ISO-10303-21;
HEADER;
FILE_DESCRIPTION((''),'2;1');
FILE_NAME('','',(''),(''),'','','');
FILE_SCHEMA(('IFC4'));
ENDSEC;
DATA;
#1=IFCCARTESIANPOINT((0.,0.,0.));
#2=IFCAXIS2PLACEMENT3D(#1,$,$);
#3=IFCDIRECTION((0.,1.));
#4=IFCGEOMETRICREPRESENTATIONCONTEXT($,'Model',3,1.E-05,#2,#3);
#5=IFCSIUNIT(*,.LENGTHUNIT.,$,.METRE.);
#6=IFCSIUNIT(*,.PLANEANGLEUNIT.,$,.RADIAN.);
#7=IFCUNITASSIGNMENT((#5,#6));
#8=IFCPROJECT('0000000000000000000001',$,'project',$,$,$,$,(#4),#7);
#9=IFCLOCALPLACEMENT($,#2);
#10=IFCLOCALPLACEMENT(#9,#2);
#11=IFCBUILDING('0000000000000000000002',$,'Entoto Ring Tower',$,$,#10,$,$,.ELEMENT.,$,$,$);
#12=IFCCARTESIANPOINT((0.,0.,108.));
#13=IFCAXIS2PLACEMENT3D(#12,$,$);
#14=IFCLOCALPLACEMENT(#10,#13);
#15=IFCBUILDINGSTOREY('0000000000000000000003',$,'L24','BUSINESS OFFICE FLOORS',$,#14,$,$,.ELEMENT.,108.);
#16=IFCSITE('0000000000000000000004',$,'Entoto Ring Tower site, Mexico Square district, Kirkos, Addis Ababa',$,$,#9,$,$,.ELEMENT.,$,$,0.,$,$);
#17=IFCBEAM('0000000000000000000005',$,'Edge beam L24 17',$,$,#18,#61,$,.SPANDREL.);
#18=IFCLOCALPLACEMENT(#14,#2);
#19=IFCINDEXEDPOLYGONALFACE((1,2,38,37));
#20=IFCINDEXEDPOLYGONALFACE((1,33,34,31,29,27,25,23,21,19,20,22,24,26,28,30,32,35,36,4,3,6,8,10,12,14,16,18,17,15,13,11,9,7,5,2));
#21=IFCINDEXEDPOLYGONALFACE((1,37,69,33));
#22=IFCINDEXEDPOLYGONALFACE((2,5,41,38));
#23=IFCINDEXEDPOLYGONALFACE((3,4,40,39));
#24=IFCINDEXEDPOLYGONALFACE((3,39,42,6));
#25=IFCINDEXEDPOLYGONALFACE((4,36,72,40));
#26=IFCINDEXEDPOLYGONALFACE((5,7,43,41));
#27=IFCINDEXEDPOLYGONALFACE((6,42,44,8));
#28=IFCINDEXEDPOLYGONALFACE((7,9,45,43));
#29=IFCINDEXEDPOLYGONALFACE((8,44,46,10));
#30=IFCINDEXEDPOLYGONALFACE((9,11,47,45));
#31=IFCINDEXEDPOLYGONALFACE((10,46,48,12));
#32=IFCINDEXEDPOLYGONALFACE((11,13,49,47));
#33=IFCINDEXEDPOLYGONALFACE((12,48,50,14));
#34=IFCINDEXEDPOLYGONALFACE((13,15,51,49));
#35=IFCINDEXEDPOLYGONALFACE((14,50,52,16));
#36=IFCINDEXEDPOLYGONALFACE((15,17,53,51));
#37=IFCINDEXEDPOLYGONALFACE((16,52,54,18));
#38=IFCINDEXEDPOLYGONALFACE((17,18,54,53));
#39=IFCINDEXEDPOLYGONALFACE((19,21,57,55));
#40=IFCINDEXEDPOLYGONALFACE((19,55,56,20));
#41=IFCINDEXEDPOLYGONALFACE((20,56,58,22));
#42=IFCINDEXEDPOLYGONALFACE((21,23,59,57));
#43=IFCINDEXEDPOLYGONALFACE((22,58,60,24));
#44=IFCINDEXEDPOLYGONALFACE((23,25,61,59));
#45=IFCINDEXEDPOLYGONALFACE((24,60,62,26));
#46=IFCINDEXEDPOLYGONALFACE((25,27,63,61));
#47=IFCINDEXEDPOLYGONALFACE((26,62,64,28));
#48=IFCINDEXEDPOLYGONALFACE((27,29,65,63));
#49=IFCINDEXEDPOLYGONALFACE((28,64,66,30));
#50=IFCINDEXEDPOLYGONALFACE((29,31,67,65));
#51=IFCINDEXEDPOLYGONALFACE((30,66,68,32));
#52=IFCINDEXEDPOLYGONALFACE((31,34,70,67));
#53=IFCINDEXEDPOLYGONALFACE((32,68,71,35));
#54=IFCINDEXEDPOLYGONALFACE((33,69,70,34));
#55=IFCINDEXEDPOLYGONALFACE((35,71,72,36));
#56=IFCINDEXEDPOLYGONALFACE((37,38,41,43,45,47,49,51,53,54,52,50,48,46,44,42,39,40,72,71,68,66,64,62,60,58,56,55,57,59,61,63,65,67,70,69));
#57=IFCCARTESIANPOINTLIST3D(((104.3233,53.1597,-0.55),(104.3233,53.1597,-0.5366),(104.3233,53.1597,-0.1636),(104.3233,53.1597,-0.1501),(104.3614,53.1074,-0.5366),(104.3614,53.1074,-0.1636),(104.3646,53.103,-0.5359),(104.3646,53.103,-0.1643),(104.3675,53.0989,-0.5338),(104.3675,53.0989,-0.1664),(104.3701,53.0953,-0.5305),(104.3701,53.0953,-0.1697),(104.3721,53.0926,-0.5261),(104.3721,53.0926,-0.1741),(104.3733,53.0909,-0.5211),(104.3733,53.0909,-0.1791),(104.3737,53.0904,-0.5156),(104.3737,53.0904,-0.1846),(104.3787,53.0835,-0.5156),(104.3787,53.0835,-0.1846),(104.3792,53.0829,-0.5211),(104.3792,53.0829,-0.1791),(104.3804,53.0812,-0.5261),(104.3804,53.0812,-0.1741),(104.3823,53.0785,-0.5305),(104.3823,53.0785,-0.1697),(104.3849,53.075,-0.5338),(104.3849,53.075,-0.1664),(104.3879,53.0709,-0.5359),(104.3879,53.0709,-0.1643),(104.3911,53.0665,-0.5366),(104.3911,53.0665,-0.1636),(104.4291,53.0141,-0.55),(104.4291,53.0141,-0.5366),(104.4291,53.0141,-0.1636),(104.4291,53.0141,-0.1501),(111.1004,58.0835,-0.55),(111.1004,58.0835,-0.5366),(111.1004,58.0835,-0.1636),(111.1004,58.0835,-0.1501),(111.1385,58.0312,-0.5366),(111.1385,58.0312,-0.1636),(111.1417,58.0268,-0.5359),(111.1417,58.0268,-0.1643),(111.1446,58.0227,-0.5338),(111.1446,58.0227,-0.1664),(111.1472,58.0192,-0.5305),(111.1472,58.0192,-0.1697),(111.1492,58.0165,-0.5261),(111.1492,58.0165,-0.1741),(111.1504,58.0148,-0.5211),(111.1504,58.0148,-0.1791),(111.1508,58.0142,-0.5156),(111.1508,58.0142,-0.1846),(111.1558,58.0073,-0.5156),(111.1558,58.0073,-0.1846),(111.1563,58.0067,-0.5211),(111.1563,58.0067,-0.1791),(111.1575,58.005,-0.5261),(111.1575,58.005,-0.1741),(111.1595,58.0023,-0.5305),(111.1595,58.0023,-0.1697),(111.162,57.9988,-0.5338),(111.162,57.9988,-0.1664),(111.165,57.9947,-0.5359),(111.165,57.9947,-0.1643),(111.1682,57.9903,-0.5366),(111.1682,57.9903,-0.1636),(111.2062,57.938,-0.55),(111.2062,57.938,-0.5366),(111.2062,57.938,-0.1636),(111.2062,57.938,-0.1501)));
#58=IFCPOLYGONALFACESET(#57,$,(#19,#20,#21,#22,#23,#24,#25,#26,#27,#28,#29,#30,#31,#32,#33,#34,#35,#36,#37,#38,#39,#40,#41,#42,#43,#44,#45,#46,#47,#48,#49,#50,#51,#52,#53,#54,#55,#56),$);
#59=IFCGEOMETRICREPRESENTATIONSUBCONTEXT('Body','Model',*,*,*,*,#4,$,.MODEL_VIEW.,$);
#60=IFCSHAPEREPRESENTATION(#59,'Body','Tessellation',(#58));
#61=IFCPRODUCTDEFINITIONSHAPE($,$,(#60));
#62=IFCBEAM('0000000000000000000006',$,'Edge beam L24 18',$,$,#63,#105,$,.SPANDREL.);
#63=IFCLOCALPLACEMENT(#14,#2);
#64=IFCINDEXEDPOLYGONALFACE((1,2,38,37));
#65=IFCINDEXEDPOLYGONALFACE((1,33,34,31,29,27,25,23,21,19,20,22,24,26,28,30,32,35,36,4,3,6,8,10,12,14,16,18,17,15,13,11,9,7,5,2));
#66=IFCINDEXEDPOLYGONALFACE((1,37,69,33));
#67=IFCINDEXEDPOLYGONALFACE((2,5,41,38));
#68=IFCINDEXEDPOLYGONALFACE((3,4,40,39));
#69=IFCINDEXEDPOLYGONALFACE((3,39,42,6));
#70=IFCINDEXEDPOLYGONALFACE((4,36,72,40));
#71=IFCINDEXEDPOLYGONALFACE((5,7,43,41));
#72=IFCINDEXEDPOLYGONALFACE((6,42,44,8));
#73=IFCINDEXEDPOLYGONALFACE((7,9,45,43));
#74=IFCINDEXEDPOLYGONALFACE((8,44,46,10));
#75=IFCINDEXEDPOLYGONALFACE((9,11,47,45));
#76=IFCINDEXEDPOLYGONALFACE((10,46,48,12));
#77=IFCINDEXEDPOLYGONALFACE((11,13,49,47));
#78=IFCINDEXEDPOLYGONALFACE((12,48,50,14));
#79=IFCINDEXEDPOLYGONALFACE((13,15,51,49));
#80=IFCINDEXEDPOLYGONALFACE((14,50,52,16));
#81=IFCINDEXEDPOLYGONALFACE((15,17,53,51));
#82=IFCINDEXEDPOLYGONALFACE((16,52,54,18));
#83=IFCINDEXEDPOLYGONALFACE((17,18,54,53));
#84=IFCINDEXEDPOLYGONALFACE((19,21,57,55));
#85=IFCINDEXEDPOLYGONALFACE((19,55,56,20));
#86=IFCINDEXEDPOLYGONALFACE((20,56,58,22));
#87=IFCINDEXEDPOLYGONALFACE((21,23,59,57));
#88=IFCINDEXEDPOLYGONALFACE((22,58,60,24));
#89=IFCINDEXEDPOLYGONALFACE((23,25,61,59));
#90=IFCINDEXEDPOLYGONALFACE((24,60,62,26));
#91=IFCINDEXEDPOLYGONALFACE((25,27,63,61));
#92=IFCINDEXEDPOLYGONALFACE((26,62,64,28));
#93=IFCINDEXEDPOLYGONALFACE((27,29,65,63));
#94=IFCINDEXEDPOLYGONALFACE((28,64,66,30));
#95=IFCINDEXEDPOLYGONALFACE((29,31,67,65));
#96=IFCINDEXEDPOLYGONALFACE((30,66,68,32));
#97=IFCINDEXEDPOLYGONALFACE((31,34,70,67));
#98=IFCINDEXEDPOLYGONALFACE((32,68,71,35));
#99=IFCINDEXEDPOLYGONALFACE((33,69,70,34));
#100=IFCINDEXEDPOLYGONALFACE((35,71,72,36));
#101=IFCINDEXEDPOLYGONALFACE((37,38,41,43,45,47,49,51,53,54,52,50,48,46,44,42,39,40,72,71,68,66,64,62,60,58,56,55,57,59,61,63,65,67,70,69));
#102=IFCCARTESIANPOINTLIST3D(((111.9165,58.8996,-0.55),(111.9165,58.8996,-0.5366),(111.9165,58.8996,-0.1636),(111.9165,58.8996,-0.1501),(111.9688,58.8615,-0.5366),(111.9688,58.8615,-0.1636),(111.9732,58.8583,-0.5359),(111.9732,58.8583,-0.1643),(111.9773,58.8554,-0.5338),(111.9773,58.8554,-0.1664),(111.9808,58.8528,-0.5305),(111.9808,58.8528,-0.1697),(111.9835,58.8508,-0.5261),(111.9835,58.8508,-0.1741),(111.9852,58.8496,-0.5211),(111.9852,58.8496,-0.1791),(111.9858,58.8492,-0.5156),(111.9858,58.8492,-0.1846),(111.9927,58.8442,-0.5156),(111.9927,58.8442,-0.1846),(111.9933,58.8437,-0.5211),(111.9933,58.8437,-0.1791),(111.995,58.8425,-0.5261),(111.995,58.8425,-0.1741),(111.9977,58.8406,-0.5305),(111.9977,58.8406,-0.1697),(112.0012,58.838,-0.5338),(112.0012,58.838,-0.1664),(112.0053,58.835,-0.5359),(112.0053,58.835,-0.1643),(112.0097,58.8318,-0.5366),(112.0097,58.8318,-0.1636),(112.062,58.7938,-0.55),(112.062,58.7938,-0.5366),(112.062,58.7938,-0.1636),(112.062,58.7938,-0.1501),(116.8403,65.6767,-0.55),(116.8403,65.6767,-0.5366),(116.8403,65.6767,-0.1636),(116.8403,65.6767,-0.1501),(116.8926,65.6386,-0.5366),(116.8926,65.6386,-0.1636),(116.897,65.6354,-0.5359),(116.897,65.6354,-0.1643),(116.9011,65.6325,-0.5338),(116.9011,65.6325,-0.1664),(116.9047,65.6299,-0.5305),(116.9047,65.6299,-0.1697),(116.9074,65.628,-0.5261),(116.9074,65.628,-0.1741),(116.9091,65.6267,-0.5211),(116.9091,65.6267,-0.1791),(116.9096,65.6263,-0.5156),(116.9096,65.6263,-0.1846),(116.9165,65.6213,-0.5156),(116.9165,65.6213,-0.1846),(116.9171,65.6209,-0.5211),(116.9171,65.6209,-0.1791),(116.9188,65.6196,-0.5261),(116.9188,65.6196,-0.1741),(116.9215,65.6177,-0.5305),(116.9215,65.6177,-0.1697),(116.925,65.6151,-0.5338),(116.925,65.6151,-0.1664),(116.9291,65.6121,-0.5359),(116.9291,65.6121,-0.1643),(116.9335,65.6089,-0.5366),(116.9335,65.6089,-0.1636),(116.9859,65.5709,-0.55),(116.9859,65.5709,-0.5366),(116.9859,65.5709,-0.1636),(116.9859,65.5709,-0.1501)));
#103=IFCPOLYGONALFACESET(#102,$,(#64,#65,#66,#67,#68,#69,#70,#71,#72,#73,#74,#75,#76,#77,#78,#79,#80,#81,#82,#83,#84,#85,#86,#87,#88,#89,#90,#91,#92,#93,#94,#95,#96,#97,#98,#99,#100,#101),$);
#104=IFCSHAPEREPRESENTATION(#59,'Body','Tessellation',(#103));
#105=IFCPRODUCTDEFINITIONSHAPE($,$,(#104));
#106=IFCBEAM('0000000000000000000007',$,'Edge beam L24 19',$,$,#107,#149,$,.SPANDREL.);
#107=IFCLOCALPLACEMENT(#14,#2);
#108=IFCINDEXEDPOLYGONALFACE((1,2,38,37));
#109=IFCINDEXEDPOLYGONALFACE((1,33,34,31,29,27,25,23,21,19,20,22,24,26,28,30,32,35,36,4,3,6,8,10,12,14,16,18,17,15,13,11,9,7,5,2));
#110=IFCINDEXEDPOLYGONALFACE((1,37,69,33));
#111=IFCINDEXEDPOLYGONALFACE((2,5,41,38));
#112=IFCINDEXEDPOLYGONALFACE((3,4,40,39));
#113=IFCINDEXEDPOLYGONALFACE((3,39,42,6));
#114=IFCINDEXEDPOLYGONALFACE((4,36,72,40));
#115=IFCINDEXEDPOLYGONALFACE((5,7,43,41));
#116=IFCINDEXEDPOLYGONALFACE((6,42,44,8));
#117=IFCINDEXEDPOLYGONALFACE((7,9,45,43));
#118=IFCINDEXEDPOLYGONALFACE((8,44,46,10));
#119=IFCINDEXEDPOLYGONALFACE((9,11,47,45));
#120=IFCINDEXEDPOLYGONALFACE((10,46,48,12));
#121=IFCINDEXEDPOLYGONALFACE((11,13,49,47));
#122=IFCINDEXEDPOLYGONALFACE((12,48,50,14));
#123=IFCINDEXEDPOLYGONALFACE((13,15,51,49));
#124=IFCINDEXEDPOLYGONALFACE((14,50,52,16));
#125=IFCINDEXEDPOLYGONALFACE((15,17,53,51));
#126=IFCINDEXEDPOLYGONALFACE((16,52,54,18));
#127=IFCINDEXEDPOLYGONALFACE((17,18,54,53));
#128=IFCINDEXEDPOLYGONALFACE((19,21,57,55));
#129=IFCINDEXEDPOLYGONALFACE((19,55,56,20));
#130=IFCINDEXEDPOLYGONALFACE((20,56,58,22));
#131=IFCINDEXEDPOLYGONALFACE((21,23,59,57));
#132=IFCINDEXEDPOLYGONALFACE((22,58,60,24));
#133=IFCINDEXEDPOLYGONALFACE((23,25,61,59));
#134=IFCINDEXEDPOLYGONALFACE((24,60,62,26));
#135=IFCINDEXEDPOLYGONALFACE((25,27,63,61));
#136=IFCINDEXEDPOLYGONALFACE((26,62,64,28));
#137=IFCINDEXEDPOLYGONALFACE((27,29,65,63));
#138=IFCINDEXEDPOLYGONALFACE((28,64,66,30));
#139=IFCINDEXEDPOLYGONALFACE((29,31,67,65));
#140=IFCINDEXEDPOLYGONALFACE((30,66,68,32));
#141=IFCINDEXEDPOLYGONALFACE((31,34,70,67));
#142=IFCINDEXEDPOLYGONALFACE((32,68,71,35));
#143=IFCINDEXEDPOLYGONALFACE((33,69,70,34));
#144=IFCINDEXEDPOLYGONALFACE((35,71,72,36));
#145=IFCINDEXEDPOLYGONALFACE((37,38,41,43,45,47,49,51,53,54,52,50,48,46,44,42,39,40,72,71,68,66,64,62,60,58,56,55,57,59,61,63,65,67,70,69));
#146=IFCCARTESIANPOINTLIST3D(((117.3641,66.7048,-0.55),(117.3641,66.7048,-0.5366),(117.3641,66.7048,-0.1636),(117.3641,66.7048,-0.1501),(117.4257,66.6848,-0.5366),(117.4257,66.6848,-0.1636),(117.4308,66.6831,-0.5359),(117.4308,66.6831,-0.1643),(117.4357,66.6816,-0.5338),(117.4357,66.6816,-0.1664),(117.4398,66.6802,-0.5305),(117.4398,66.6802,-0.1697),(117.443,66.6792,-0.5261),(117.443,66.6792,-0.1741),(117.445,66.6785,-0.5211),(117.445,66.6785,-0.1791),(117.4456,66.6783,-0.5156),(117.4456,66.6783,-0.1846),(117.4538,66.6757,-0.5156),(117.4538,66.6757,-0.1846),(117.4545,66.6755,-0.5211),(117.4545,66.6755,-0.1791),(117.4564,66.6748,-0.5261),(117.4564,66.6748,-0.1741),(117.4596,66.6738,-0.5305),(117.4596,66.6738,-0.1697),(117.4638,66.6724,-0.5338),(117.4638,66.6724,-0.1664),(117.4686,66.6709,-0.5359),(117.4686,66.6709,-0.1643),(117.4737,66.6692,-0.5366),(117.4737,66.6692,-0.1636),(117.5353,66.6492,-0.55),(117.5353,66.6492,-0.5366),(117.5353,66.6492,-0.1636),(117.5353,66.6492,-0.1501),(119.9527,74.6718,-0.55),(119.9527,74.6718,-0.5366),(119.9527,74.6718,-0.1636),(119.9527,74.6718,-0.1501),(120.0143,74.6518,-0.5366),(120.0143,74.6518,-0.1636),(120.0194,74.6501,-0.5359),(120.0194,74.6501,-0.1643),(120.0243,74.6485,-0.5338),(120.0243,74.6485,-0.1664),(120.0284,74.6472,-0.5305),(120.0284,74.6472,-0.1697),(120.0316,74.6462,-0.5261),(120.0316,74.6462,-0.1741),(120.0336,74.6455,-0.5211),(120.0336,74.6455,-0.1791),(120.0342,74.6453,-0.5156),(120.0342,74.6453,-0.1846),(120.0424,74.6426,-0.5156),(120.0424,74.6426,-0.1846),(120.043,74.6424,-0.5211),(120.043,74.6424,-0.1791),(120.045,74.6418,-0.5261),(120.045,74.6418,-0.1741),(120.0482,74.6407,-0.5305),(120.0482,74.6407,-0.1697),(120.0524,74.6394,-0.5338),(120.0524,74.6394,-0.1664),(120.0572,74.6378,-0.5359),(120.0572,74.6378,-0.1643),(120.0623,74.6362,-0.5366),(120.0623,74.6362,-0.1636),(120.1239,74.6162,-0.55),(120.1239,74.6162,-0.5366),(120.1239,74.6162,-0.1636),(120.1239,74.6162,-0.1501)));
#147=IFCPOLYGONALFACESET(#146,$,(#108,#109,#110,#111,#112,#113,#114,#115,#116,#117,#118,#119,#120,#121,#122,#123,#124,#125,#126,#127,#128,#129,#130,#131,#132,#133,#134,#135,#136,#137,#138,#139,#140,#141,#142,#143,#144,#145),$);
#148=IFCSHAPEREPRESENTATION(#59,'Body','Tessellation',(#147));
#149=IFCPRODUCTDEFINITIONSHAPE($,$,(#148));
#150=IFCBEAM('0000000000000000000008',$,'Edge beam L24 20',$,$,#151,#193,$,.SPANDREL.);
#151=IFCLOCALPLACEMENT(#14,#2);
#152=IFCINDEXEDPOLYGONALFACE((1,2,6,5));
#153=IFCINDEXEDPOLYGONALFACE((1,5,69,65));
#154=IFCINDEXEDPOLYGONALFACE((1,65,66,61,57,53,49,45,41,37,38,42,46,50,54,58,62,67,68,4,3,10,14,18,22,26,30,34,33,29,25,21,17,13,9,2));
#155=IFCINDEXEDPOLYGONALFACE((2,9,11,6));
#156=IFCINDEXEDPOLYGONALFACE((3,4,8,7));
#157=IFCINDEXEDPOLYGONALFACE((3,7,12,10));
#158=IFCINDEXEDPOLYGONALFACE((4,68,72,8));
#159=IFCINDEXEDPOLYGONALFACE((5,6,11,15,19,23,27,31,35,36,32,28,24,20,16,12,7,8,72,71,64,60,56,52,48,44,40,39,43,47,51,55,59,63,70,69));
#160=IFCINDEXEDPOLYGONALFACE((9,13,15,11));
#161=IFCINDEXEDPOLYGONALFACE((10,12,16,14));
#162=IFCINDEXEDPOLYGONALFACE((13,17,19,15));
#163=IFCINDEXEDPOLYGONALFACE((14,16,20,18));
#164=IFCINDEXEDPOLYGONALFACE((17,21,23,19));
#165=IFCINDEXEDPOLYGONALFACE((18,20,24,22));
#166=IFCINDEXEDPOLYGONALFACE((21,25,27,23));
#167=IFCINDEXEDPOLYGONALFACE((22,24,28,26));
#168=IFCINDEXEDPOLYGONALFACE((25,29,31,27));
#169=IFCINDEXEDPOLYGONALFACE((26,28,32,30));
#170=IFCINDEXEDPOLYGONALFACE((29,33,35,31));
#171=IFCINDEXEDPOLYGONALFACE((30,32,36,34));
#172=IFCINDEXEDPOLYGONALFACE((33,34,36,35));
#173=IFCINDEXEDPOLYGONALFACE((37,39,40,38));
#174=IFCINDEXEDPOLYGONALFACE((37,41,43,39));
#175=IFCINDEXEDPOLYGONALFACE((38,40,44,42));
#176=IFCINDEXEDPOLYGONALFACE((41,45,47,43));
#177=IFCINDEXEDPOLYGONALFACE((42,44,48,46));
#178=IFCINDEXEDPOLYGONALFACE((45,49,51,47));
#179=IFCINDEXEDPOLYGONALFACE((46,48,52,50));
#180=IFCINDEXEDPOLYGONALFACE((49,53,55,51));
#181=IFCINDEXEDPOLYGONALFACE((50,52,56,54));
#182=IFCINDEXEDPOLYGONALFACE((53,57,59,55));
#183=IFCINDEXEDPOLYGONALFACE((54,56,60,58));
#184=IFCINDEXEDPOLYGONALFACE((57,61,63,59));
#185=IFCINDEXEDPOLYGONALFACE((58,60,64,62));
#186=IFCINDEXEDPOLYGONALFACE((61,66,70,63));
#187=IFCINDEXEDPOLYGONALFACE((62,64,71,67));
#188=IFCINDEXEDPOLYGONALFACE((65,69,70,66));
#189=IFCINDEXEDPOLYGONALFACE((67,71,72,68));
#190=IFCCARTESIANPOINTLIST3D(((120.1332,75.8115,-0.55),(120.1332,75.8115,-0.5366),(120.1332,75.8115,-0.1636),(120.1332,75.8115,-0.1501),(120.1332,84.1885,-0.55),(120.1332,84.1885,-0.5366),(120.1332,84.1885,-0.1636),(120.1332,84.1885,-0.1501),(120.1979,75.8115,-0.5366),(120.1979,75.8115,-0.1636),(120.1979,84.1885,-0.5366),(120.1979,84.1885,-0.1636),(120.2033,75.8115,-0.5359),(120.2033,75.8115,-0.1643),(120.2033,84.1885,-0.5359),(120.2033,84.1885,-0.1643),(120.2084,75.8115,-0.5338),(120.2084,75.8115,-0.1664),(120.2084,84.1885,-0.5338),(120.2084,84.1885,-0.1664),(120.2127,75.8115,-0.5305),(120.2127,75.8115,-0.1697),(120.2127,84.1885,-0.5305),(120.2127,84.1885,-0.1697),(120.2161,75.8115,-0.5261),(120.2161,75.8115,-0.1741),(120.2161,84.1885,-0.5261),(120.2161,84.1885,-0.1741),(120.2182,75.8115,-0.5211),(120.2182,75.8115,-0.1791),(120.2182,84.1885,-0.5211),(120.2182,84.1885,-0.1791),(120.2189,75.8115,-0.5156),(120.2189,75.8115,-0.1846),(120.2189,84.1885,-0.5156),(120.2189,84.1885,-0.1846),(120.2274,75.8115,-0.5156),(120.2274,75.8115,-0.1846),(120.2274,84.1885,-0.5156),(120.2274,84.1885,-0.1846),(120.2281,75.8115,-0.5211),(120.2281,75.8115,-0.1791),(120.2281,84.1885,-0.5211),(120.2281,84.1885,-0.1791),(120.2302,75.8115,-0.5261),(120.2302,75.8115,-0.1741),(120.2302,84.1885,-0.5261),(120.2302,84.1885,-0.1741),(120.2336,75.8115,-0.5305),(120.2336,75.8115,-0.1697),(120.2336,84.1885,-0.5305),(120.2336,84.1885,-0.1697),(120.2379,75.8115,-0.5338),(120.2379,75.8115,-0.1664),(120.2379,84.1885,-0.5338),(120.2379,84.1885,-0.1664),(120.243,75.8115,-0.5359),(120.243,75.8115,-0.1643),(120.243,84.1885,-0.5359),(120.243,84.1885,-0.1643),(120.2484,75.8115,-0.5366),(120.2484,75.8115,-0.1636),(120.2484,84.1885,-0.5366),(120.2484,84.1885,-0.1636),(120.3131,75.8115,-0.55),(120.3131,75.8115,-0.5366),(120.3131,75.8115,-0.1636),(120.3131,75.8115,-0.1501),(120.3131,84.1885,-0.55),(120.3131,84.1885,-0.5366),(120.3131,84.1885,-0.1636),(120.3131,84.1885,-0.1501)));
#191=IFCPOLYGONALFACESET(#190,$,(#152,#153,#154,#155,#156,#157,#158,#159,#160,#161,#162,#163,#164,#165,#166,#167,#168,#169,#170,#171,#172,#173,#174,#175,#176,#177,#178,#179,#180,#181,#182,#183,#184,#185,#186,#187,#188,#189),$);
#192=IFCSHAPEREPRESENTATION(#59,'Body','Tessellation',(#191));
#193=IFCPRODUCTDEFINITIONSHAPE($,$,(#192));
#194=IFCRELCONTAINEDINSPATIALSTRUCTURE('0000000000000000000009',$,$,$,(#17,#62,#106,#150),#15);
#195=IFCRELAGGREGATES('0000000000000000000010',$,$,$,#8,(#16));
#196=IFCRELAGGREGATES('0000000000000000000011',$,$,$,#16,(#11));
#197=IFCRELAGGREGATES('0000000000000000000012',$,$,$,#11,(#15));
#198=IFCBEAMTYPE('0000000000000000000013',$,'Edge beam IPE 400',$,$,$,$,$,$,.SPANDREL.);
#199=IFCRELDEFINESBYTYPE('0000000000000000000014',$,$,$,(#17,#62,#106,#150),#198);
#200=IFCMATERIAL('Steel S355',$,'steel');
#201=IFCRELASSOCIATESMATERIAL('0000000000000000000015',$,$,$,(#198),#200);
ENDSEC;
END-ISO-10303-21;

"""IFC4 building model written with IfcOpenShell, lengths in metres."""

from ifc_helpers import new_model, si_unit, direction, frame, origin, origin_2d, place, context, subcontext, project, spatial, i_section, extrude, material, material_profile, profile_set, type_object, element, save


model = new_model("IFC4")

# Units and contexts
model_context = context("Model", 3, precision=1e-05, world=origin(), true_north=direction((0.0, 1.0)))
body_context = subcontext(model_context, "Body", "Model", "MODEL_VIEW")
ifc_project = project(units=[si_unit("LENGTHUNIT", "METRE"), si_unit("PLANEANGLEUNIT", "RADIAN")], contexts=[model_context])

# Site, building, storey
site_placement = place(None, origin())
site = spatial("IfcSite", under=ifc_project, at=site_placement, Name="Entoto Ring Tower site, Mexico Square district, Kirkos, Addis Ababa", CompositionType="ELEMENT", RefElevation=0.0)
building_placement = place(site_placement, origin())
building = spatial("IfcBuilding", under=site, at=building_placement, Name="Entoto Ring Tower", CompositionType="ELEMENT")
storey_placement = place(building_placement, frame((0.0, 0.0, 108.0)))
storey = spatial("IfcBuildingStorey", under=building, at=storey_placement, Name="L24", Description="BUSINESS OFFICE FLOORS", CompositionType="ELEMENT", Elevation=108.0)

# Beams
ifc_material_1 = material(Name="Steel S355", Category="steel")
ifc_material_profile_1 = material_profile(ifc_material_1, i_section(OverallWidth=0.1799, OverallDepth=0.3999, WebThickness=0.0085, FlangeThickness=0.0134, FilletRadius=0.021, at=origin_2d()), Name="IPE 400")
ifc_profile_set_1 = profile_set([ifc_material_profile_1], Name="Steel S355")
beam_type_1 = type_object("IfcBeamType", Name="Edge beam IPE 400", PredefinedType="SPANDREL", material=ifc_profile_set_1)
for number, where, z_axis, x_axis, name in (
    (1, (104.3762, 53.0869, -0.3501), (0.809018, 0.587783, 0.0), (-0.587783, 0.809018, 0.0), "Edge beam L24 17"),
    (2, (111.9893, 58.8467, -0.3501), (0.587783, 0.809018, 0.0), (-0.809018, 0.587783, 0.0), "Edge beam L24 18"),
    (3, (117.4497, 66.677, -0.3501), (0.309014, 0.951057, 0.0), (-0.951057, 0.309014, 0.0), "Edge beam L24 19"),
    (4, (120.2231, 75.8115, -0.3501), (0.0, 1.0, 0.0), (-1.0, 0.0, 0.0), "Edge beam L24 20"),
):
    element("IfcBeam", number, at=place(storey_placement, frame(where, z_axis=z_axis, x_axis=x_axis)), inside=storey, type_object=beam_type_1, Name=name, PredefinedType="SPANDREL", context=body_context, shape_type="SweptSolid", body=[
        extrude(i_section(OverallWidth=0.1799, OverallDepth=0.3999, WebThickness=0.0085, FlangeThickness=0.0134, FilletRadius=0.021, at=origin_2d()), origin(), (0.0, 0.0, 1.0), 8.377),
    ])

save(model, "model.ifc")
